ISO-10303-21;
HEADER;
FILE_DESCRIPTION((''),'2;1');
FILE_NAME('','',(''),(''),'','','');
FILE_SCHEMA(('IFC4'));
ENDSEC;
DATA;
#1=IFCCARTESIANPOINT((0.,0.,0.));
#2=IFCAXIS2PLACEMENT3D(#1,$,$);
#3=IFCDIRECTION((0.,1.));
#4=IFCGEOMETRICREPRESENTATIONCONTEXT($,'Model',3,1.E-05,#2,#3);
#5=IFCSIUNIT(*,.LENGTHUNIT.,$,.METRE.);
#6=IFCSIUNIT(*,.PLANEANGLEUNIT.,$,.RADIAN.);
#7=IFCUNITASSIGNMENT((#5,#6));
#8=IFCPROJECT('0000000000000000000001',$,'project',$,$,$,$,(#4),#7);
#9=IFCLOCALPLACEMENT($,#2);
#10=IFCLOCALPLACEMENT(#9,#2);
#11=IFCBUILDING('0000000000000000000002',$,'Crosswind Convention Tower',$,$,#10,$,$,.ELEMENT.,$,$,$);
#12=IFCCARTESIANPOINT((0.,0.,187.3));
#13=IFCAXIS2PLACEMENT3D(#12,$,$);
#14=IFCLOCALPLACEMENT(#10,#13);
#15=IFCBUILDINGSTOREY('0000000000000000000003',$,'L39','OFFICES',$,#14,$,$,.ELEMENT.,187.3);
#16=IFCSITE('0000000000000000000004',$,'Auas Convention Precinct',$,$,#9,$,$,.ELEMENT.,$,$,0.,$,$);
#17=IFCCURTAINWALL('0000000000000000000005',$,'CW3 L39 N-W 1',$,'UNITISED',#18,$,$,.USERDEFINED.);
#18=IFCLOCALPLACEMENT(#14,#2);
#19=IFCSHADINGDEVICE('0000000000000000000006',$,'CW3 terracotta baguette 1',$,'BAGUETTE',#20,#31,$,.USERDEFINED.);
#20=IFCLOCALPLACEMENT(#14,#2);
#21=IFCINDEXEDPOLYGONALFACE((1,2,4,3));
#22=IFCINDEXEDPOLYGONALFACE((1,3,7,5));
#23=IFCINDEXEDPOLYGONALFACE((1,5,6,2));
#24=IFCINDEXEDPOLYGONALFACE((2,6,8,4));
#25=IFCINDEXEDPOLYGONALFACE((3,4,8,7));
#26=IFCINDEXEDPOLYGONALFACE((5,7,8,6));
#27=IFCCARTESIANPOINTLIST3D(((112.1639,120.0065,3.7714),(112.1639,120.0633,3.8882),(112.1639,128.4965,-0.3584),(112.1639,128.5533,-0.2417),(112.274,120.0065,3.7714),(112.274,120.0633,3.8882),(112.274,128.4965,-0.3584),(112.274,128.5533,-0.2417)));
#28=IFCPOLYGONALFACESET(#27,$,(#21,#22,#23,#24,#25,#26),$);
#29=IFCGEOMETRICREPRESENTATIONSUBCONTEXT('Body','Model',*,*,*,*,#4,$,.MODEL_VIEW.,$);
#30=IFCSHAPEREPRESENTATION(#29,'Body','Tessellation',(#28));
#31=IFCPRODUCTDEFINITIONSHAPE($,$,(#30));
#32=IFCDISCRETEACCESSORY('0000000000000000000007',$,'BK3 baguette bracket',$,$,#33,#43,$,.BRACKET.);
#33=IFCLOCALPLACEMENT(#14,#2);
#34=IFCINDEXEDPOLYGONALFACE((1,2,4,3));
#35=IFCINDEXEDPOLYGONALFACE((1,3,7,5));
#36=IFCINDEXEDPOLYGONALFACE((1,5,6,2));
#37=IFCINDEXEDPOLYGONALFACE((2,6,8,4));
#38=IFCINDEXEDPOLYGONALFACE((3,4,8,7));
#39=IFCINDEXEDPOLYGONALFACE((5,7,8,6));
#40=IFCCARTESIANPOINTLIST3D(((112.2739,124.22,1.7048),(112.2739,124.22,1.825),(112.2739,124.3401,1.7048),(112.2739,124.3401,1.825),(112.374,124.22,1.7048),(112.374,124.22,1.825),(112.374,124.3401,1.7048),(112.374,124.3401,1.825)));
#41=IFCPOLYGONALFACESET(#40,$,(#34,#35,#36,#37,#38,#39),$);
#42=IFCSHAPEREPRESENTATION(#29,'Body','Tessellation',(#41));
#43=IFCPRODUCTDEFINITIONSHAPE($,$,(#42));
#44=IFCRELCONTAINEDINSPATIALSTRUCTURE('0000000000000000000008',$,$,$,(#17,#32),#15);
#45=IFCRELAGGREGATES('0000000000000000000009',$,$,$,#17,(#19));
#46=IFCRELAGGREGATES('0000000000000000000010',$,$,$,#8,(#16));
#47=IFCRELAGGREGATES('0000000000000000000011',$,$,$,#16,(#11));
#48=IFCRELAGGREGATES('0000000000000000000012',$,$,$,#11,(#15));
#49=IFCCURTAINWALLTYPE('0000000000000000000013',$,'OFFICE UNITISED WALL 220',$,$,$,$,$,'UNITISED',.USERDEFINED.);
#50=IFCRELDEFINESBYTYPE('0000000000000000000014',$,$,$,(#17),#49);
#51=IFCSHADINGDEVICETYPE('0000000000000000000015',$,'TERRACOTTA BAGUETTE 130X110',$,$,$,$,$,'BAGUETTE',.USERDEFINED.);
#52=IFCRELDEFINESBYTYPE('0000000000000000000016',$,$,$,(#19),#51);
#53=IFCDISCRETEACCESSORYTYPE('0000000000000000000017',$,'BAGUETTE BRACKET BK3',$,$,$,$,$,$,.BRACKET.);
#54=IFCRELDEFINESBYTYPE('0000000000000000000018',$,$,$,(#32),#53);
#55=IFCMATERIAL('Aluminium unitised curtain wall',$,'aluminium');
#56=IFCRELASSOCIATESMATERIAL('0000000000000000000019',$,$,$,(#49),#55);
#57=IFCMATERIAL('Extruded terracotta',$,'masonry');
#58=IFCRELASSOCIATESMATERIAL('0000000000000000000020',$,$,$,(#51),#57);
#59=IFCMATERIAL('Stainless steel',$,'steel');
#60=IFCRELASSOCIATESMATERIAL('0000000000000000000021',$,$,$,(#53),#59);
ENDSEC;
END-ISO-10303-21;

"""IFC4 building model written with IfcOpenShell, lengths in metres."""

from ifc_helpers import new_model, si_unit, direction, frame, origin, origin_2d, place, context, subcontext, project, spatial, rectangle, extrude, material, material_profile, profile_set, type_object, element, aggregate, save


model = new_model("IFC4")

# Units and contexts
model_context = context("Model", 3, precision=1e-05, world=origin(), true_north=direction((0.0, 1.0)))
body_context = subcontext(model_context, "Body", "Model", "MODEL_VIEW")
ifc_project = project(units=[si_unit("LENGTHUNIT", "METRE"), si_unit("PLANEANGLEUNIT", "RADIAN")], contexts=[model_context])

# Site, building, storey
site_placement = place(None, origin())
site = spatial("IfcSite", under=ifc_project, at=site_placement, Name="Auas Convention Precinct", CompositionType="ELEMENT", RefElevation=0.0)
building_placement = place(site_placement, origin())
building = spatial("IfcBuilding", under=site, at=building_placement, Name="Crosswind Convention Tower", CompositionType="ELEMENT")
storey_placement = place(building_placement, frame((0.0, 0.0, 187.3)))
storey = spatial("IfcBuildingStorey", under=building, at=storey_placement, Name="L39", Description="OFFICES", CompositionType="ELEMENT", Elevation=187.3)

# Shared definitions
ifc_material_1 = material(Name="Aluminium unitised curtain wall", Category="aluminium")
curtain_wall_type_1 = type_object("IfcCurtainWallType", Name="OFFICE UNITISED WALL 220", ElementType="UNITISED", PredefinedType="USERDEFINED", material=ifc_material_1)

# Curtain wall
curtain_wall_1_placement = place(storey_placement, origin())
curtain_wall_1 = element("IfcCurtainWall", 1, at=curtain_wall_1_placement, inside=storey, type_object=curtain_wall_type_1, Name="CW3 L39 N-W 1", ObjectType="UNITISED", PredefinedType="USERDEFINED")

# Shading device
ifc_material_2 = material(Name="Extruded terracotta", Category="masonry")
ifc_material_profile_1 = material_profile(ifc_material_2, rectangle(XDim=0.1101, YDim=0.1299, at=origin_2d()), Name="TC 110X130")
ifc_profile_set_1 = profile_set([ifc_material_profile_1], Name="Extruded terracotta")
shading_device_type = type_object("IfcShadingDeviceType", Name="TERRACOTTA BAGUETTE 130X110", ElementType="BAGUETTE", PredefinedType="USERDEFINED", material=ifc_profile_set_1)
shading_device_placement = place(storey_placement, frame((112.219, 128.5249, -0.3), z_axis=(0.0, -0.899251, 0.437433), x_axis=(1.0, 0.0, 0.0)))
shading_device = element("IfcShadingDevice", 2, at=shading_device_placement, type_object=shading_device_type, Name="CW3 terracotta baguette 1", ObjectType="BAGUETTE", PredefinedType="USERDEFINED", context=body_context, shape_type="SweptSolid", body=[
    extrude(rectangle(XDim=0.1101, YDim=0.1299, at=origin_2d()), origin(), (0.0, 0.0, 1.0), 9.4412),
])
aggregate(curtain_wall_1, [shading_device])

# Discrete accessory
ifc_material_3 = material(Name="Stainless steel", Category="steel")
discrete_accessory_type = type_object("IfcDiscreteAccessoryType", Name="BAGUETTE BRACKET BK3", PredefinedType="BRACKET", material=ifc_material_3)
discrete_accessory_placement = place(storey_placement, frame((112.324, 124.28, 1.7048), z_axis=(0.0, 0.0, 1.0), x_axis=(0.0, -1.0, 0.0)))
element("IfcDiscreteAccessory", 3, at=discrete_accessory_placement, inside=storey, type_object=discrete_accessory_type, Name="BK3 baguette bracket", PredefinedType="BRACKET", context=body_context, shape_type="SweptSolid", body=[
    extrude(rectangle(XDim=0.1201, YDim=0.1001, at=origin_2d()), origin(), (0.0, 0.0, 1.0), 0.1201),
])

save(model, "model.ifc")
